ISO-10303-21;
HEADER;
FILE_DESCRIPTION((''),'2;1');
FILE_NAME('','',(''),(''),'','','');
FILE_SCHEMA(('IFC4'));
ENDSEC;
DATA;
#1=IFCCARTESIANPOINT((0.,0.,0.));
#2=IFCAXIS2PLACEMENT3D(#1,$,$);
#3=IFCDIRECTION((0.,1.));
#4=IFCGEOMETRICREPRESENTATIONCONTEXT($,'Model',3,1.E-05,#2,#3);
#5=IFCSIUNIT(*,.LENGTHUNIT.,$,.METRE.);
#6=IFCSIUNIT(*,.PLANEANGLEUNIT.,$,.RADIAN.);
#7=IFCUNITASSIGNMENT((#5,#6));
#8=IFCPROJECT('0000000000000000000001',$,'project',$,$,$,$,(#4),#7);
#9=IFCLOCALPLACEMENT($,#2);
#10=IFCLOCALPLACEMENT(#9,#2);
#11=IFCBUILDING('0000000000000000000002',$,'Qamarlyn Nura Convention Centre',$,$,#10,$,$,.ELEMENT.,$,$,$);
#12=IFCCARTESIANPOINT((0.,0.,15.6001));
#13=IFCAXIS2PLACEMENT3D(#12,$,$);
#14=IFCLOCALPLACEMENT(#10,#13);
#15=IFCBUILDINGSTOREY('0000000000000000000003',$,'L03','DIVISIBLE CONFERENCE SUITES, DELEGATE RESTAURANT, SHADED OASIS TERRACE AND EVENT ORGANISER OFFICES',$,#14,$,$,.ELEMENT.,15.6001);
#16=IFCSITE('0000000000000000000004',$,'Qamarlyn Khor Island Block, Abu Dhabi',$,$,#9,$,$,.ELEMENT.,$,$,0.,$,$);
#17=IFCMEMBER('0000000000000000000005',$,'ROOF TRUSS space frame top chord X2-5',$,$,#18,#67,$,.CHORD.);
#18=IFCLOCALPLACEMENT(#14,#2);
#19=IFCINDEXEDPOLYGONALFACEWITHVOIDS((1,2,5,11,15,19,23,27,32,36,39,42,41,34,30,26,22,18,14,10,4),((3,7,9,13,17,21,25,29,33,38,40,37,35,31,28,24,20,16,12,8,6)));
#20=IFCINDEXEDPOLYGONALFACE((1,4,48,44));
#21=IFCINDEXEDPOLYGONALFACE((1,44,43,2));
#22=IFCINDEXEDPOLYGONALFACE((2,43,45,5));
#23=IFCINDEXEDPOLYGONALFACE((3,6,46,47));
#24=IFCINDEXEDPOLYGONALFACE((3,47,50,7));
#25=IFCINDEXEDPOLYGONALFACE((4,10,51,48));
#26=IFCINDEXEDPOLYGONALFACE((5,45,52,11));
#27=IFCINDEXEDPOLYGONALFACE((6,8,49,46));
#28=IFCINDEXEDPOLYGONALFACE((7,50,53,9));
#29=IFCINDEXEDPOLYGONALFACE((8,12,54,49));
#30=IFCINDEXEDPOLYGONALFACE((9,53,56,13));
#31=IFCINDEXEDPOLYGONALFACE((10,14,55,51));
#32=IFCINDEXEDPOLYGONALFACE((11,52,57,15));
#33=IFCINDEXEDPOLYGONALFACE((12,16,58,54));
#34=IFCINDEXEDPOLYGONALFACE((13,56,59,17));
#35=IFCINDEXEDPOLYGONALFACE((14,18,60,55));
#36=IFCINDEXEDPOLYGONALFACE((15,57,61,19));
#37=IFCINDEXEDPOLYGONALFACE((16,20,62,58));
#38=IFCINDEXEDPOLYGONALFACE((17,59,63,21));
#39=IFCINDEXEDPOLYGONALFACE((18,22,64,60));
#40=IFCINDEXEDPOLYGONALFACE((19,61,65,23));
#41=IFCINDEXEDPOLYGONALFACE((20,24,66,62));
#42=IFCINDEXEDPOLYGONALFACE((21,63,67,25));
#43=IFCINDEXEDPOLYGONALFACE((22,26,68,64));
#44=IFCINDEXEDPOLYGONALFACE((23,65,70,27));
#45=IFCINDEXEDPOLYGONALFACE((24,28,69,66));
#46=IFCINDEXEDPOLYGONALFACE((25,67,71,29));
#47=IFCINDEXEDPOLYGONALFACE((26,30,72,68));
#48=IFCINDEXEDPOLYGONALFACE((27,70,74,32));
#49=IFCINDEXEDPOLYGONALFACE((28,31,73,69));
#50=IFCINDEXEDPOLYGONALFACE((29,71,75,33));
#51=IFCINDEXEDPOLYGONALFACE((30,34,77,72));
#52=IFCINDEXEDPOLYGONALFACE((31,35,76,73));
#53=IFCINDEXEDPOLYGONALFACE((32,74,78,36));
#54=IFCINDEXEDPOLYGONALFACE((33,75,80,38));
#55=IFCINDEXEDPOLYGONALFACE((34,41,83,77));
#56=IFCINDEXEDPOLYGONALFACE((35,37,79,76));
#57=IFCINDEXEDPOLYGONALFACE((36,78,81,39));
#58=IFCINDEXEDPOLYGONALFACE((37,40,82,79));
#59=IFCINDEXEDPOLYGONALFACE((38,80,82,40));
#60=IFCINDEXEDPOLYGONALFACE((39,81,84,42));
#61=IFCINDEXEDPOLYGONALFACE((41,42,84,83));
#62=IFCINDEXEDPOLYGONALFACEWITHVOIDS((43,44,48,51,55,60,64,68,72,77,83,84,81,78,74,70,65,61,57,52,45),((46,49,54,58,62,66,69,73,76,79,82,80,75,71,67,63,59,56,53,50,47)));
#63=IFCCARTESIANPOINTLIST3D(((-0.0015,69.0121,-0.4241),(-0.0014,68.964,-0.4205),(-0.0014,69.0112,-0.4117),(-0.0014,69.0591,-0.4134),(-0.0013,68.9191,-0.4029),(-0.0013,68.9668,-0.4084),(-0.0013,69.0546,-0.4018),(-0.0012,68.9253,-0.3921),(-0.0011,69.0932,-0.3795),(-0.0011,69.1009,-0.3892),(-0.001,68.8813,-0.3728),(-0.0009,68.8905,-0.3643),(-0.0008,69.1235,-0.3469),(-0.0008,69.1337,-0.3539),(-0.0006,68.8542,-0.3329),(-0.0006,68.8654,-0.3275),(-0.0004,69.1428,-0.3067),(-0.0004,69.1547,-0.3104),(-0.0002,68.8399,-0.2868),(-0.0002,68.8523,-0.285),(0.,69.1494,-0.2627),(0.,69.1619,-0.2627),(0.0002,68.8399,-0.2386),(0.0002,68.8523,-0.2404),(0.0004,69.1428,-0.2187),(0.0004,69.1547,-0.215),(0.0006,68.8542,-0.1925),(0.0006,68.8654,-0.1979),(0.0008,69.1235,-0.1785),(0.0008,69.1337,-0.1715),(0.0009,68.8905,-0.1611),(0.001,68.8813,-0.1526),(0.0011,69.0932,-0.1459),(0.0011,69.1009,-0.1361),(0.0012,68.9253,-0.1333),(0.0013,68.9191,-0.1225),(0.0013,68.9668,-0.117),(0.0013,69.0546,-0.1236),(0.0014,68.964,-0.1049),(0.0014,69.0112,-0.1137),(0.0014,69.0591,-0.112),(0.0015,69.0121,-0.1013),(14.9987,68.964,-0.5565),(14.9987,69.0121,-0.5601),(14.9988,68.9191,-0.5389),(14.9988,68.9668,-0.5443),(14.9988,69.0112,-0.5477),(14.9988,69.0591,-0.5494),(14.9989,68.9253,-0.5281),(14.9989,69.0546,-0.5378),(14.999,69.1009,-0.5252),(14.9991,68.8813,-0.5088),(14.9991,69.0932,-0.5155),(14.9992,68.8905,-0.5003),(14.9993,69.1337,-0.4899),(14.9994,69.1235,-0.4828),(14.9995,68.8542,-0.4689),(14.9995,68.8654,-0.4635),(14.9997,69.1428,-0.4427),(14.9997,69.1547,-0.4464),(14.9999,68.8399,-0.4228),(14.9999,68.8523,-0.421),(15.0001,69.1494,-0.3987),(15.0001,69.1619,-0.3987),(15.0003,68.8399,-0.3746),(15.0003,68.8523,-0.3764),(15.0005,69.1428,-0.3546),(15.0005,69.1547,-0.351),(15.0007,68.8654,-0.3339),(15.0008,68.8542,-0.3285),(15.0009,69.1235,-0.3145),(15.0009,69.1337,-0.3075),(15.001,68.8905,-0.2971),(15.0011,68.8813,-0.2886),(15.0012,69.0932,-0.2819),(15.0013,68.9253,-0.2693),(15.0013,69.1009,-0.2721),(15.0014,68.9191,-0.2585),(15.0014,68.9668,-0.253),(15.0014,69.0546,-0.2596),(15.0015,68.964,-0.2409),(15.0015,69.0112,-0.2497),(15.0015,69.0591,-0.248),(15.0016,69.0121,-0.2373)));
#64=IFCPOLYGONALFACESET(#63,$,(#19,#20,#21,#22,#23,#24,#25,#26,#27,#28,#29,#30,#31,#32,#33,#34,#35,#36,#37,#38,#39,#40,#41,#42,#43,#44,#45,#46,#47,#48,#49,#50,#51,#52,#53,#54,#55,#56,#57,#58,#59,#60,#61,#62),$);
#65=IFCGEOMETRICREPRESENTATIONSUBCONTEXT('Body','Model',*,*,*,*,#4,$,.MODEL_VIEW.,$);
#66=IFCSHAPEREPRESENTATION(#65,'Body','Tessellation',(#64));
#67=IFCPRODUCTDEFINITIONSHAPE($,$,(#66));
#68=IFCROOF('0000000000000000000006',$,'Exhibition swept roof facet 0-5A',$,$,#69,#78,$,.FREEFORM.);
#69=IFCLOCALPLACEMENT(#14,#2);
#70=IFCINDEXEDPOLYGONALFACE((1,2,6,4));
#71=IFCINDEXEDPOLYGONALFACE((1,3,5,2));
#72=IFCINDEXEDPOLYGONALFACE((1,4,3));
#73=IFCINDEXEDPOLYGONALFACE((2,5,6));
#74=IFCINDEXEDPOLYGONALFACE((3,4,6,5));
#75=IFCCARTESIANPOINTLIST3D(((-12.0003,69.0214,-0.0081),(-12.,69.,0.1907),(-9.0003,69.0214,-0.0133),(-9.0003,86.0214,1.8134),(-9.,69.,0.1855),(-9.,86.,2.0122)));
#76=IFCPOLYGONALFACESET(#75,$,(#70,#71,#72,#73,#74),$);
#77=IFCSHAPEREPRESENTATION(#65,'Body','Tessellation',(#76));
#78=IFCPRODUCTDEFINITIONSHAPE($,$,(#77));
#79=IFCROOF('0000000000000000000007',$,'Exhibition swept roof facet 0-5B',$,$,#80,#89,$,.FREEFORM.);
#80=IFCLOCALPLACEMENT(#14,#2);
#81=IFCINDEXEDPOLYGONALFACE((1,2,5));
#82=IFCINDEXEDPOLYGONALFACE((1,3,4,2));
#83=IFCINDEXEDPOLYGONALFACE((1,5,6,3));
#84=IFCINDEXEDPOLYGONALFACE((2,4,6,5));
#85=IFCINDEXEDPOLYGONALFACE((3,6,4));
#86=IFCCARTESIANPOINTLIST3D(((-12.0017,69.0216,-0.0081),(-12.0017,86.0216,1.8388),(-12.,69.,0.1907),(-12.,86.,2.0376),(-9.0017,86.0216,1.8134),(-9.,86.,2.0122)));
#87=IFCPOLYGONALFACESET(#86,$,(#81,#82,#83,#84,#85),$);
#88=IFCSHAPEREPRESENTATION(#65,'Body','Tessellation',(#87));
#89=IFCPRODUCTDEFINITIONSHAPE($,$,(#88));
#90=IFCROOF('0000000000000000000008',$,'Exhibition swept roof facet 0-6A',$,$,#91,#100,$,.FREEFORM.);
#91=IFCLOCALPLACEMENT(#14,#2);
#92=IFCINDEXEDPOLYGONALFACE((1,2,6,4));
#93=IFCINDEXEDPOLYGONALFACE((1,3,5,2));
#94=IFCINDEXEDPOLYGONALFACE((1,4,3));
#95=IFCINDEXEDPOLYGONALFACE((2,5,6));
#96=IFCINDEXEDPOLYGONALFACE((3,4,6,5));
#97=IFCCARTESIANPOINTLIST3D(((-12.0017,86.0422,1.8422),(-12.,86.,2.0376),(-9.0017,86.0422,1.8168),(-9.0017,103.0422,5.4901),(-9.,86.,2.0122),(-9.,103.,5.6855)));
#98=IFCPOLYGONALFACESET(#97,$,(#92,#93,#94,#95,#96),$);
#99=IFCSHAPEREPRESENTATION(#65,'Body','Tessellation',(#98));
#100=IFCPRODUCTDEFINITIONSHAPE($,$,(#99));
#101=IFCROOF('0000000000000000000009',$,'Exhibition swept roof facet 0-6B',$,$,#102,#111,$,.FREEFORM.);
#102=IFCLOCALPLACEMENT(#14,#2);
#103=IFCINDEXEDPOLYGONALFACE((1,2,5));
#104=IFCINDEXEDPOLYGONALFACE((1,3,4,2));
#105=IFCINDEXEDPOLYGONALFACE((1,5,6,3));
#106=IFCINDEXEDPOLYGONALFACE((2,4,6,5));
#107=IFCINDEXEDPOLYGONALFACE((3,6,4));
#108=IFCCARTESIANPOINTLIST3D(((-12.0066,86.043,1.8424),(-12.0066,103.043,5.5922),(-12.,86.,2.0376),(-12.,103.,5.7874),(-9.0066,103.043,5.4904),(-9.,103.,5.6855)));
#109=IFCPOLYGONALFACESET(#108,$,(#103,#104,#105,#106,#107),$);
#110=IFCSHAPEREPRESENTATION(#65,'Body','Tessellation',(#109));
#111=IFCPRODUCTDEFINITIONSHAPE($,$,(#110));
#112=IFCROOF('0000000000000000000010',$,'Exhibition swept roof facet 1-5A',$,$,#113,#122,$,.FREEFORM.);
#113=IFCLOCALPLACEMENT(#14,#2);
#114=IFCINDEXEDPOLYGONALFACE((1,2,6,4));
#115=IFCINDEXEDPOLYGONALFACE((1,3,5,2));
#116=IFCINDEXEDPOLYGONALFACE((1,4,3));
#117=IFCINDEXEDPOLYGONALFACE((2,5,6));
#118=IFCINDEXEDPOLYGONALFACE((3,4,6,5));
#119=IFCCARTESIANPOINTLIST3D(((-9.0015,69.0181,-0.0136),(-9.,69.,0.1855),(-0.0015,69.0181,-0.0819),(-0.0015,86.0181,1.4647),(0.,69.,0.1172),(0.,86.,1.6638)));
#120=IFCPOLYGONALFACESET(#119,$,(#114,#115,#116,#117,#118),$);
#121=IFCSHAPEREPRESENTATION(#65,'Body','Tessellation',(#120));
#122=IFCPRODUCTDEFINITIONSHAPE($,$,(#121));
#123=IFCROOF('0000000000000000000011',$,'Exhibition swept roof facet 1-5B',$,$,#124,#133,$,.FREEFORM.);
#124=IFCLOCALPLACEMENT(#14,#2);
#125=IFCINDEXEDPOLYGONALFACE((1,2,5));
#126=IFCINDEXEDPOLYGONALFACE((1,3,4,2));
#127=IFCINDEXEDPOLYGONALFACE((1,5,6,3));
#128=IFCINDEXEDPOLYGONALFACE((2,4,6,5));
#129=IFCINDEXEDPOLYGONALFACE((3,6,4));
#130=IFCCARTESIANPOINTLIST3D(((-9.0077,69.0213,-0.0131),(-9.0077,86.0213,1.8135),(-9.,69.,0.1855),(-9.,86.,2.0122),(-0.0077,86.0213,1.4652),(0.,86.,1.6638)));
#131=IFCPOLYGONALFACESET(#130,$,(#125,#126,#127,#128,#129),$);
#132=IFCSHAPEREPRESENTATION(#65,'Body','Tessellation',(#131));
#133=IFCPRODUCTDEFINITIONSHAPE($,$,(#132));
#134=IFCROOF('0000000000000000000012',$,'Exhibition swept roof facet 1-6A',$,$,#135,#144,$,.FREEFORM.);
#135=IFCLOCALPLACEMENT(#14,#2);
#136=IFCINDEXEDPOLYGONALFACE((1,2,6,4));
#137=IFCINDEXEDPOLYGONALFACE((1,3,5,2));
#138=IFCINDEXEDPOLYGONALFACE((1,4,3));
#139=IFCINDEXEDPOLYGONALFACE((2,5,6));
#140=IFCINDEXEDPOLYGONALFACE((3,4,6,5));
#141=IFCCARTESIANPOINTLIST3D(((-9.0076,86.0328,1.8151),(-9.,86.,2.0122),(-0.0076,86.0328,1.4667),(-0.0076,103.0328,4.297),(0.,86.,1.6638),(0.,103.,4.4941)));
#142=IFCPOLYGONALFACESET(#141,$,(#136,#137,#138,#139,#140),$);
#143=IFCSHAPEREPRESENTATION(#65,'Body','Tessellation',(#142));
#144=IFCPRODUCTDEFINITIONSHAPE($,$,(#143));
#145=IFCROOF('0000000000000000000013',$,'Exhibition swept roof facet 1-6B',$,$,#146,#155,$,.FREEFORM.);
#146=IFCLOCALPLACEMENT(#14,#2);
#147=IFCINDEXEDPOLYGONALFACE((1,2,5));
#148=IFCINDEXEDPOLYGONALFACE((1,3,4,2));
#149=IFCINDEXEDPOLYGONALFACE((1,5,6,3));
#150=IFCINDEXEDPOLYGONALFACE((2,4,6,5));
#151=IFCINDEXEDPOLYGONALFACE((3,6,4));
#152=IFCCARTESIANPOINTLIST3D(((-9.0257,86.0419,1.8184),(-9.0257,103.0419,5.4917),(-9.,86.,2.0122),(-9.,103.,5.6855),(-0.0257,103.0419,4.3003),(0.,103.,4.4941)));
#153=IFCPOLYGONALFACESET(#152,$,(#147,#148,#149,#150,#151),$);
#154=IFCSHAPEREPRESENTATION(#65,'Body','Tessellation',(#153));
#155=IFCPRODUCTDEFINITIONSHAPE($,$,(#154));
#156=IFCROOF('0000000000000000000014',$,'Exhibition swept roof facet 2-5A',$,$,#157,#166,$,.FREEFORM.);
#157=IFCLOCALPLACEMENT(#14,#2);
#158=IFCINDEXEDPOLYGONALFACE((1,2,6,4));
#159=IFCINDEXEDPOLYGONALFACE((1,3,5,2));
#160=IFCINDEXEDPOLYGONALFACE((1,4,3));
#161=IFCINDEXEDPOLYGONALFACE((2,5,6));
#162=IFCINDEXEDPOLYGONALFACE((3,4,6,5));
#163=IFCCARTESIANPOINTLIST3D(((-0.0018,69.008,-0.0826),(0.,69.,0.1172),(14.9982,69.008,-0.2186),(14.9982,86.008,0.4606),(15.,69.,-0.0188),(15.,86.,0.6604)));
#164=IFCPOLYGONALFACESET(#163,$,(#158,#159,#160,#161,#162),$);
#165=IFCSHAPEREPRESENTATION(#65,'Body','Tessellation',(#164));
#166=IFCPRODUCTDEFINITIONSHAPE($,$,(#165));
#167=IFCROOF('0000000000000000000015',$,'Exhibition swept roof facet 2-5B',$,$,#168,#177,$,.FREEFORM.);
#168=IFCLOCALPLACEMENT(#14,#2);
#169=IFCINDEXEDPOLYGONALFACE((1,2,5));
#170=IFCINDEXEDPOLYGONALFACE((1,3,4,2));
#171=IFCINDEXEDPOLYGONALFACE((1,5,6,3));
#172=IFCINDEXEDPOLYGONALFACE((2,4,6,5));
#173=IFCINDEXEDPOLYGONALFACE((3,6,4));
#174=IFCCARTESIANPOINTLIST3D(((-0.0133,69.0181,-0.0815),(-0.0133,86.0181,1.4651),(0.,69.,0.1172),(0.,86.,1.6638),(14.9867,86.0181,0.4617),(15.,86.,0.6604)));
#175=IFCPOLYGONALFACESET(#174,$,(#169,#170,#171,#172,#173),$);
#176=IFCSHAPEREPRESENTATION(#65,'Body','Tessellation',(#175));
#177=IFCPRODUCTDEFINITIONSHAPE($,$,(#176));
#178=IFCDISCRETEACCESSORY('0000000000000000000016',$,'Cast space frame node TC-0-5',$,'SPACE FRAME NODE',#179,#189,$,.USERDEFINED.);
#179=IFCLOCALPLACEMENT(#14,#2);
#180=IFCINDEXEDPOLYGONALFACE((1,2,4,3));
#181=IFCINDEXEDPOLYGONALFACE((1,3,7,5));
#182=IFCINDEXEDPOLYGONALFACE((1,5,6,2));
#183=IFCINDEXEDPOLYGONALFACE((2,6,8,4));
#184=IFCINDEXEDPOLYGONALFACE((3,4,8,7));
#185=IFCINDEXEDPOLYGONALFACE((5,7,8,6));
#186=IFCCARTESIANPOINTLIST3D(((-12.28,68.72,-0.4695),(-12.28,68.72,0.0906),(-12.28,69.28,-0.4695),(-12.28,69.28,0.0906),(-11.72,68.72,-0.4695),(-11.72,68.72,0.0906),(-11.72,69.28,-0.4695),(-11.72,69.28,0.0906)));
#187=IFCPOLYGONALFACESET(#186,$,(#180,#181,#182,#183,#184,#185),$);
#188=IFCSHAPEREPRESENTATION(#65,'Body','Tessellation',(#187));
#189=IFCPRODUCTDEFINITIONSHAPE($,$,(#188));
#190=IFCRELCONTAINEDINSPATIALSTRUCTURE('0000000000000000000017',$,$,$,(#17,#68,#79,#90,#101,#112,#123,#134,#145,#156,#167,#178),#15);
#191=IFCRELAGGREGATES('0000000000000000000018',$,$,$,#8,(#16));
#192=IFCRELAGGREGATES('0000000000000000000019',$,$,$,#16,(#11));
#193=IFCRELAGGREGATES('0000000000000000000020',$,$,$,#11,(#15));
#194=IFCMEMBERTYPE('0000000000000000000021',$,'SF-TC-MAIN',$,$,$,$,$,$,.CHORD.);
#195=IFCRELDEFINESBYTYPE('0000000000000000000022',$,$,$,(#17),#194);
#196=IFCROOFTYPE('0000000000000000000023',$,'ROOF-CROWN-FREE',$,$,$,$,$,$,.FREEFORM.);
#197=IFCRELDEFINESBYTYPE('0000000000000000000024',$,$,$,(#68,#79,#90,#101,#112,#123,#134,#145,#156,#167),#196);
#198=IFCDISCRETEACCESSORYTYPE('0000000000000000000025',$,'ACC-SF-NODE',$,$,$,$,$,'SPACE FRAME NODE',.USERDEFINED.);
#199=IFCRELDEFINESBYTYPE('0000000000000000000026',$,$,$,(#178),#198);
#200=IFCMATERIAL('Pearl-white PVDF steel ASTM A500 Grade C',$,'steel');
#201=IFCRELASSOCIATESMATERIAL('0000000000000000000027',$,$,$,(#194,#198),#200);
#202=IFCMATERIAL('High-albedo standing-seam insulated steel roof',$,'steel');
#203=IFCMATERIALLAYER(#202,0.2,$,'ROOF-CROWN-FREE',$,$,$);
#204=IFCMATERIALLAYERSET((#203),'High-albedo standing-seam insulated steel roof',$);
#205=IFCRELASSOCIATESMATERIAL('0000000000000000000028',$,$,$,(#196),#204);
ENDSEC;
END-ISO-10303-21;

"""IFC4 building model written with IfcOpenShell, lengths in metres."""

from ifc_helpers import new_model, si_unit, direction, frame, origin, origin_2d, place, context, subcontext, project, spatial, polyline, rectangle, hollow_circle, outline, extrude, material, layer, layer_set, material_profile, profile_set, type_object, element, save


model = new_model("IFC4")

# Units and contexts
model_context = context("Model", 3, precision=1e-05, world=origin(), true_north=direction((0.0, 1.0)))
body_context = subcontext(model_context, "Body", "Model", "MODEL_VIEW")
ifc_project = project(units=[si_unit("LENGTHUNIT", "METRE"), si_unit("PLANEANGLEUNIT", "RADIAN")], contexts=[model_context])

# Site, building, storey
site_placement = place(None, origin())
site = spatial("IfcSite", under=ifc_project, at=site_placement, Name="Qamarlyn Khor Island Block, Abu Dhabi", CompositionType="ELEMENT", RefElevation=0.0)
building_placement = place(site_placement, origin())
building = spatial("IfcBuilding", under=site, at=building_placement, Name="Qamarlyn Nura Convention Centre", CompositionType="ELEMENT")
storey_placement = place(building_placement, frame((0.0, 0.0, 15.6001)))
storey = spatial("IfcBuildingStorey", under=building, at=storey_placement, Name="L03", Description="DIVISIBLE CONFERENCE SUITES, DELEGATE RESTAURANT, SHADED OASIS TERRACE AND EVENT ORGANISER OFFICES", CompositionType="ELEMENT", Elevation=15.6001)

# Member
ifc_material_1 = material(Name="Pearl-white PVDF steel ASTM A500 Grade C", Category="steel")
ifc_material_profile_1 = material_profile(ifc_material_1, hollow_circle(Radius=0.1619, WallThickness=0.0125, at=origin_2d()), Name="CHS323.9X12.5")
ifc_profile_set_1 = profile_set([ifc_material_profile_1], Name="Pearl-white PVDF steel ASTM A500 Grade C")
member_type_1 = type_object("IfcMemberType", Name="SF-TC-MAIN", PredefinedType="CHORD", material=ifc_profile_set_1)
member_1_placement = place(storey_placement, frame((0.0, 69.0, -0.2627), z_axis=(0.999959, 0.0, -0.009065), x_axis=(0.0, 1.0, 0.0)))
element("IfcMember", 1, at=member_1_placement, inside=storey, type_object=member_type_1, Name="ROOF TRUSS space frame top chord X2-5", PredefinedType="CHORD", context=body_context, shape_type="SweptSolid", body=[
    extrude(hollow_circle(Radius=0.1619, WallThickness=0.0125, at=origin_2d()), origin(), (0.0, 0.0, 1.0), 15.0007),
])

# Roofs
ifc_material_2 = material(Name="High-albedo standing-seam insulated steel roof", Category="steel")
ifc_layer = layer(ifc_material_2, 0.2, Name="ROOF-CROWN-FREE")
ifc_layer_set = layer_set([ifc_layer], Name="High-albedo standing-seam insulated steel roof")
roof_type = type_object("IfcRoofType", Name="ROOF-CROWN-FREE", PredefinedType="FREEFORM", material=ifc_layer_set)
roof_1_placement = place(storey_placement, frame((-12.0, 69.0, 0.1907), z_axis=(0.001699, -0.106835, 0.994275), x_axis=(0.999999, 0.0, -0.001709)))
element("IfcRoof", 2, at=roof_1_placement, inside=storey, type_object=roof_type, Name="Exhibition swept roof facet 0-5A", PredefinedType="FREEFORM", context=body_context, shape_type="SweptSolid", body=[
    extrude(outline(polyline([(0.0, 0.0), (3.0, 0.0), (2.9969, 17.0979), (0.0, 0.0)])), origin(), (0.0, 0.0, -1.0), 0.2),
])
roof_2_placement = place(storey_placement, frame((-12.0, 69.0, 0.1907), z_axis=(0.008414, -0.108003, 0.994115), x_axis=(0.172826, 0.979347, 0.104936)))
element("IfcRoof", 3, at=roof_2_placement, inside=storey, type_object=roof_type, Name="Exhibition swept roof facet 0-5B", PredefinedType="FREEFORM", context=body_context, shape_type="SweptSolid", body=[
    extrude(outline(polyline([(0.0, 0.0), (17.3585, 0.0), (16.8427, 2.9554), (0.0, 0.0)])), origin(), (0.0, 0.0, -1.0), 0.2),
])
roof_3_placement = place(storey_placement, frame((-12.0, 86.0, 2.0376), z_axis=(0.008272, -0.211197, 0.977408), x_axis=(0.999964, 0.0, -0.008463)))
element("IfcRoof", 4, at=roof_3_placement, inside=storey, type_object=roof_type, Name="Exhibition swept roof facet 0-6A", PredefinedType="FREEFORM", context=body_context, shape_type="SweptSolid", body=[
    extrude(outline(polyline([(0.0, 0.0), (3.0001, 0.0), (2.969, 17.3923), (0.0, 0.0)])), origin(), (0.0, 0.0, -1.0), 0.2),
])
roof_4_placement = place(storey_placement, frame((-12.0, 86.0, 2.0376), z_axis=(0.033121, -0.215278, 0.975991), x_axis=(0.17003, 0.963505, 0.206754)))
element("IfcRoof", 5, at=roof_4_placement, inside=storey, type_object=roof_type, Name="Exhibition swept roof facet 0-6B", PredefinedType="FREEFORM", context=body_context, shape_type="SweptSolid", body=[
    extrude(outline(polyline([(0.0, 0.0), (17.6439, 0.0), (17.1549, 2.9616), (0.0, 0.0)])), origin(), (0.0, 0.0, -1.0), 0.2),
])
roof_5_placement = place(storey_placement, frame((-9.0, 69.0, 0.1855), z_axis=(0.007564, -0.090601, 0.995859), x_axis=(0.999971, 0.0, -0.007595)))
element("IfcRoof", 6, at=roof_5_placement, inside=storey, type_object=roof_type, Name="Exhibition swept roof facet 1-5A", PredefinedType="FREEFORM", context=body_context, shape_type="SweptSolid", body=[
    extrude(outline(polyline([(0.0, 0.0), (9.0003, 0.0), (8.9885, 17.0702), (0.0, 0.0)])), origin(), (0.0, 0.0, -1.0), 0.2),
])
roof_6_placement = place(storey_placement, frame((-9.0, 69.0, 0.1855), z_axis=(0.03846, -0.106757, 0.993541), x_axis=(0.466512, 0.88119, 0.076626)))
element("IfcRoof", 7, at=roof_6_placement, inside=storey, type_object=roof_type, Name="Exhibition swept roof facet 1-5B", PredefinedType="FREEFORM", context=body_context, shape_type="SweptSolid", body=[
    extrude(outline(polyline([(0.0, 0.0), (19.2921, 0.0), (15.1202, 7.9823), (0.0, 0.0)])), origin(), (0.0, 0.0, -1.0), 0.2),
])
roof_7_placement = place(storey_placement, frame((-9.0, 86.0, 2.0122), z_axis=(0.038156, -0.164109, 0.985704), x_axis=(0.999252, 0.0, -0.038681)))
element("IfcRoof", 8, at=roof_7_placement, inside=storey, type_object=roof_type, Name="Exhibition swept roof facet 1-6A", PredefinedType="FREEFORM", context=body_context, shape_type="SweptSolid", body=[
    extrude(outline(polyline([(0.0, 0.0), (9.0067, 0.0), (8.8973, 17.2337), (0.0, 0.0)])), origin(), (0.0, 0.0, -1.0), 0.2),
])
roof_8_placement = place(storey_placement, frame((-9.0, 86.0, 2.0122), z_axis=(0.128323, -0.209458, 0.969361), x_axis=(0.464041, 0.876522, 0.127969)))
element("IfcRoof", 9, at=roof_8_placement, inside=storey, type_object=roof_type, Name="Exhibition swept roof facet 1-6B", PredefinedType="FREEFORM", context=body_context, shape_type="SweptSolid", body=[
    extrude(outline(polyline([(0.0, 0.0), (19.3948, 0.0), (15.3709, 8.138), (0.0, 0.0)])), origin(), (0.0, 0.0, -1.0), 0.2),
])
roof_9_placement = place(storey_placement, frame((0.0, 69.0, 0.1172), z_axis=(0.009058, -0.039919, 0.999162), x_axis=(0.999959, 0.0, -0.009065)))
element("IfcRoof", 10, at=roof_9_placement, inside=storey, type_object=roof_type, Name="Exhibition swept roof facet 2-5A", PredefinedType="FREEFORM", context=body_context, shape_type="SweptSolid", body=[
    extrude(outline(polyline([(0.0, 0.0), (15.0006, 0.0), (14.9945, 17.0136), (0.0, 0.0)])), origin(), (0.0, 0.0, -1.0), 0.2),
])
roof_10_placement = place(storey_placement, frame((0.0, 69.0, 0.1172), z_axis=(0.066472, -0.090404, 0.993684), x_axis=(0.661432, 0.749623, 0.023953)))
element("IfcRoof", 11, at=roof_10_placement, inside=storey, type_object=roof_type, Name="Exhibition swept roof facet 2-5B", PredefinedType="FREEFORM", context=body_context, shape_type="SweptSolid", body=[
    extrude(outline(polyline([(0.0, 0.0), (22.6781, 0.0), (12.7806, 11.3158), (0.0, 0.0)])), origin(), (0.0, 0.0, -1.0), 0.2),
])

# Discrete accessory
discrete_accessory_type = type_object("IfcDiscreteAccessoryType", Name="ACC-SF-NODE", ElementType="SPACE FRAME NODE", PredefinedType="USERDEFINED", material=ifc_material_1)
for number, where, z_axis, x_axis, name in (
    (12, (-12.0, 69.0, -0.4695), (0.0, 0.0, 1.0), (1.0, 0.0, 0.0), "Cast space frame node TC-0-5"),
):
    element("IfcDiscreteAccessory", number, at=place(storey_placement, frame(where, z_axis=z_axis, x_axis=x_axis)), inside=storey, type_object=discrete_accessory_type, Name=name, ObjectType="SPACE FRAME NODE", PredefinedType="USERDEFINED", context=body_context, shape_type="SweptSolid", body=[
        extrude(rectangle(XDim=0.5601, YDim=0.5601, at=origin_2d()), origin(), (0.0, 0.0, 1.0), 0.5601),
    ])

save(model, "model.ifc")
